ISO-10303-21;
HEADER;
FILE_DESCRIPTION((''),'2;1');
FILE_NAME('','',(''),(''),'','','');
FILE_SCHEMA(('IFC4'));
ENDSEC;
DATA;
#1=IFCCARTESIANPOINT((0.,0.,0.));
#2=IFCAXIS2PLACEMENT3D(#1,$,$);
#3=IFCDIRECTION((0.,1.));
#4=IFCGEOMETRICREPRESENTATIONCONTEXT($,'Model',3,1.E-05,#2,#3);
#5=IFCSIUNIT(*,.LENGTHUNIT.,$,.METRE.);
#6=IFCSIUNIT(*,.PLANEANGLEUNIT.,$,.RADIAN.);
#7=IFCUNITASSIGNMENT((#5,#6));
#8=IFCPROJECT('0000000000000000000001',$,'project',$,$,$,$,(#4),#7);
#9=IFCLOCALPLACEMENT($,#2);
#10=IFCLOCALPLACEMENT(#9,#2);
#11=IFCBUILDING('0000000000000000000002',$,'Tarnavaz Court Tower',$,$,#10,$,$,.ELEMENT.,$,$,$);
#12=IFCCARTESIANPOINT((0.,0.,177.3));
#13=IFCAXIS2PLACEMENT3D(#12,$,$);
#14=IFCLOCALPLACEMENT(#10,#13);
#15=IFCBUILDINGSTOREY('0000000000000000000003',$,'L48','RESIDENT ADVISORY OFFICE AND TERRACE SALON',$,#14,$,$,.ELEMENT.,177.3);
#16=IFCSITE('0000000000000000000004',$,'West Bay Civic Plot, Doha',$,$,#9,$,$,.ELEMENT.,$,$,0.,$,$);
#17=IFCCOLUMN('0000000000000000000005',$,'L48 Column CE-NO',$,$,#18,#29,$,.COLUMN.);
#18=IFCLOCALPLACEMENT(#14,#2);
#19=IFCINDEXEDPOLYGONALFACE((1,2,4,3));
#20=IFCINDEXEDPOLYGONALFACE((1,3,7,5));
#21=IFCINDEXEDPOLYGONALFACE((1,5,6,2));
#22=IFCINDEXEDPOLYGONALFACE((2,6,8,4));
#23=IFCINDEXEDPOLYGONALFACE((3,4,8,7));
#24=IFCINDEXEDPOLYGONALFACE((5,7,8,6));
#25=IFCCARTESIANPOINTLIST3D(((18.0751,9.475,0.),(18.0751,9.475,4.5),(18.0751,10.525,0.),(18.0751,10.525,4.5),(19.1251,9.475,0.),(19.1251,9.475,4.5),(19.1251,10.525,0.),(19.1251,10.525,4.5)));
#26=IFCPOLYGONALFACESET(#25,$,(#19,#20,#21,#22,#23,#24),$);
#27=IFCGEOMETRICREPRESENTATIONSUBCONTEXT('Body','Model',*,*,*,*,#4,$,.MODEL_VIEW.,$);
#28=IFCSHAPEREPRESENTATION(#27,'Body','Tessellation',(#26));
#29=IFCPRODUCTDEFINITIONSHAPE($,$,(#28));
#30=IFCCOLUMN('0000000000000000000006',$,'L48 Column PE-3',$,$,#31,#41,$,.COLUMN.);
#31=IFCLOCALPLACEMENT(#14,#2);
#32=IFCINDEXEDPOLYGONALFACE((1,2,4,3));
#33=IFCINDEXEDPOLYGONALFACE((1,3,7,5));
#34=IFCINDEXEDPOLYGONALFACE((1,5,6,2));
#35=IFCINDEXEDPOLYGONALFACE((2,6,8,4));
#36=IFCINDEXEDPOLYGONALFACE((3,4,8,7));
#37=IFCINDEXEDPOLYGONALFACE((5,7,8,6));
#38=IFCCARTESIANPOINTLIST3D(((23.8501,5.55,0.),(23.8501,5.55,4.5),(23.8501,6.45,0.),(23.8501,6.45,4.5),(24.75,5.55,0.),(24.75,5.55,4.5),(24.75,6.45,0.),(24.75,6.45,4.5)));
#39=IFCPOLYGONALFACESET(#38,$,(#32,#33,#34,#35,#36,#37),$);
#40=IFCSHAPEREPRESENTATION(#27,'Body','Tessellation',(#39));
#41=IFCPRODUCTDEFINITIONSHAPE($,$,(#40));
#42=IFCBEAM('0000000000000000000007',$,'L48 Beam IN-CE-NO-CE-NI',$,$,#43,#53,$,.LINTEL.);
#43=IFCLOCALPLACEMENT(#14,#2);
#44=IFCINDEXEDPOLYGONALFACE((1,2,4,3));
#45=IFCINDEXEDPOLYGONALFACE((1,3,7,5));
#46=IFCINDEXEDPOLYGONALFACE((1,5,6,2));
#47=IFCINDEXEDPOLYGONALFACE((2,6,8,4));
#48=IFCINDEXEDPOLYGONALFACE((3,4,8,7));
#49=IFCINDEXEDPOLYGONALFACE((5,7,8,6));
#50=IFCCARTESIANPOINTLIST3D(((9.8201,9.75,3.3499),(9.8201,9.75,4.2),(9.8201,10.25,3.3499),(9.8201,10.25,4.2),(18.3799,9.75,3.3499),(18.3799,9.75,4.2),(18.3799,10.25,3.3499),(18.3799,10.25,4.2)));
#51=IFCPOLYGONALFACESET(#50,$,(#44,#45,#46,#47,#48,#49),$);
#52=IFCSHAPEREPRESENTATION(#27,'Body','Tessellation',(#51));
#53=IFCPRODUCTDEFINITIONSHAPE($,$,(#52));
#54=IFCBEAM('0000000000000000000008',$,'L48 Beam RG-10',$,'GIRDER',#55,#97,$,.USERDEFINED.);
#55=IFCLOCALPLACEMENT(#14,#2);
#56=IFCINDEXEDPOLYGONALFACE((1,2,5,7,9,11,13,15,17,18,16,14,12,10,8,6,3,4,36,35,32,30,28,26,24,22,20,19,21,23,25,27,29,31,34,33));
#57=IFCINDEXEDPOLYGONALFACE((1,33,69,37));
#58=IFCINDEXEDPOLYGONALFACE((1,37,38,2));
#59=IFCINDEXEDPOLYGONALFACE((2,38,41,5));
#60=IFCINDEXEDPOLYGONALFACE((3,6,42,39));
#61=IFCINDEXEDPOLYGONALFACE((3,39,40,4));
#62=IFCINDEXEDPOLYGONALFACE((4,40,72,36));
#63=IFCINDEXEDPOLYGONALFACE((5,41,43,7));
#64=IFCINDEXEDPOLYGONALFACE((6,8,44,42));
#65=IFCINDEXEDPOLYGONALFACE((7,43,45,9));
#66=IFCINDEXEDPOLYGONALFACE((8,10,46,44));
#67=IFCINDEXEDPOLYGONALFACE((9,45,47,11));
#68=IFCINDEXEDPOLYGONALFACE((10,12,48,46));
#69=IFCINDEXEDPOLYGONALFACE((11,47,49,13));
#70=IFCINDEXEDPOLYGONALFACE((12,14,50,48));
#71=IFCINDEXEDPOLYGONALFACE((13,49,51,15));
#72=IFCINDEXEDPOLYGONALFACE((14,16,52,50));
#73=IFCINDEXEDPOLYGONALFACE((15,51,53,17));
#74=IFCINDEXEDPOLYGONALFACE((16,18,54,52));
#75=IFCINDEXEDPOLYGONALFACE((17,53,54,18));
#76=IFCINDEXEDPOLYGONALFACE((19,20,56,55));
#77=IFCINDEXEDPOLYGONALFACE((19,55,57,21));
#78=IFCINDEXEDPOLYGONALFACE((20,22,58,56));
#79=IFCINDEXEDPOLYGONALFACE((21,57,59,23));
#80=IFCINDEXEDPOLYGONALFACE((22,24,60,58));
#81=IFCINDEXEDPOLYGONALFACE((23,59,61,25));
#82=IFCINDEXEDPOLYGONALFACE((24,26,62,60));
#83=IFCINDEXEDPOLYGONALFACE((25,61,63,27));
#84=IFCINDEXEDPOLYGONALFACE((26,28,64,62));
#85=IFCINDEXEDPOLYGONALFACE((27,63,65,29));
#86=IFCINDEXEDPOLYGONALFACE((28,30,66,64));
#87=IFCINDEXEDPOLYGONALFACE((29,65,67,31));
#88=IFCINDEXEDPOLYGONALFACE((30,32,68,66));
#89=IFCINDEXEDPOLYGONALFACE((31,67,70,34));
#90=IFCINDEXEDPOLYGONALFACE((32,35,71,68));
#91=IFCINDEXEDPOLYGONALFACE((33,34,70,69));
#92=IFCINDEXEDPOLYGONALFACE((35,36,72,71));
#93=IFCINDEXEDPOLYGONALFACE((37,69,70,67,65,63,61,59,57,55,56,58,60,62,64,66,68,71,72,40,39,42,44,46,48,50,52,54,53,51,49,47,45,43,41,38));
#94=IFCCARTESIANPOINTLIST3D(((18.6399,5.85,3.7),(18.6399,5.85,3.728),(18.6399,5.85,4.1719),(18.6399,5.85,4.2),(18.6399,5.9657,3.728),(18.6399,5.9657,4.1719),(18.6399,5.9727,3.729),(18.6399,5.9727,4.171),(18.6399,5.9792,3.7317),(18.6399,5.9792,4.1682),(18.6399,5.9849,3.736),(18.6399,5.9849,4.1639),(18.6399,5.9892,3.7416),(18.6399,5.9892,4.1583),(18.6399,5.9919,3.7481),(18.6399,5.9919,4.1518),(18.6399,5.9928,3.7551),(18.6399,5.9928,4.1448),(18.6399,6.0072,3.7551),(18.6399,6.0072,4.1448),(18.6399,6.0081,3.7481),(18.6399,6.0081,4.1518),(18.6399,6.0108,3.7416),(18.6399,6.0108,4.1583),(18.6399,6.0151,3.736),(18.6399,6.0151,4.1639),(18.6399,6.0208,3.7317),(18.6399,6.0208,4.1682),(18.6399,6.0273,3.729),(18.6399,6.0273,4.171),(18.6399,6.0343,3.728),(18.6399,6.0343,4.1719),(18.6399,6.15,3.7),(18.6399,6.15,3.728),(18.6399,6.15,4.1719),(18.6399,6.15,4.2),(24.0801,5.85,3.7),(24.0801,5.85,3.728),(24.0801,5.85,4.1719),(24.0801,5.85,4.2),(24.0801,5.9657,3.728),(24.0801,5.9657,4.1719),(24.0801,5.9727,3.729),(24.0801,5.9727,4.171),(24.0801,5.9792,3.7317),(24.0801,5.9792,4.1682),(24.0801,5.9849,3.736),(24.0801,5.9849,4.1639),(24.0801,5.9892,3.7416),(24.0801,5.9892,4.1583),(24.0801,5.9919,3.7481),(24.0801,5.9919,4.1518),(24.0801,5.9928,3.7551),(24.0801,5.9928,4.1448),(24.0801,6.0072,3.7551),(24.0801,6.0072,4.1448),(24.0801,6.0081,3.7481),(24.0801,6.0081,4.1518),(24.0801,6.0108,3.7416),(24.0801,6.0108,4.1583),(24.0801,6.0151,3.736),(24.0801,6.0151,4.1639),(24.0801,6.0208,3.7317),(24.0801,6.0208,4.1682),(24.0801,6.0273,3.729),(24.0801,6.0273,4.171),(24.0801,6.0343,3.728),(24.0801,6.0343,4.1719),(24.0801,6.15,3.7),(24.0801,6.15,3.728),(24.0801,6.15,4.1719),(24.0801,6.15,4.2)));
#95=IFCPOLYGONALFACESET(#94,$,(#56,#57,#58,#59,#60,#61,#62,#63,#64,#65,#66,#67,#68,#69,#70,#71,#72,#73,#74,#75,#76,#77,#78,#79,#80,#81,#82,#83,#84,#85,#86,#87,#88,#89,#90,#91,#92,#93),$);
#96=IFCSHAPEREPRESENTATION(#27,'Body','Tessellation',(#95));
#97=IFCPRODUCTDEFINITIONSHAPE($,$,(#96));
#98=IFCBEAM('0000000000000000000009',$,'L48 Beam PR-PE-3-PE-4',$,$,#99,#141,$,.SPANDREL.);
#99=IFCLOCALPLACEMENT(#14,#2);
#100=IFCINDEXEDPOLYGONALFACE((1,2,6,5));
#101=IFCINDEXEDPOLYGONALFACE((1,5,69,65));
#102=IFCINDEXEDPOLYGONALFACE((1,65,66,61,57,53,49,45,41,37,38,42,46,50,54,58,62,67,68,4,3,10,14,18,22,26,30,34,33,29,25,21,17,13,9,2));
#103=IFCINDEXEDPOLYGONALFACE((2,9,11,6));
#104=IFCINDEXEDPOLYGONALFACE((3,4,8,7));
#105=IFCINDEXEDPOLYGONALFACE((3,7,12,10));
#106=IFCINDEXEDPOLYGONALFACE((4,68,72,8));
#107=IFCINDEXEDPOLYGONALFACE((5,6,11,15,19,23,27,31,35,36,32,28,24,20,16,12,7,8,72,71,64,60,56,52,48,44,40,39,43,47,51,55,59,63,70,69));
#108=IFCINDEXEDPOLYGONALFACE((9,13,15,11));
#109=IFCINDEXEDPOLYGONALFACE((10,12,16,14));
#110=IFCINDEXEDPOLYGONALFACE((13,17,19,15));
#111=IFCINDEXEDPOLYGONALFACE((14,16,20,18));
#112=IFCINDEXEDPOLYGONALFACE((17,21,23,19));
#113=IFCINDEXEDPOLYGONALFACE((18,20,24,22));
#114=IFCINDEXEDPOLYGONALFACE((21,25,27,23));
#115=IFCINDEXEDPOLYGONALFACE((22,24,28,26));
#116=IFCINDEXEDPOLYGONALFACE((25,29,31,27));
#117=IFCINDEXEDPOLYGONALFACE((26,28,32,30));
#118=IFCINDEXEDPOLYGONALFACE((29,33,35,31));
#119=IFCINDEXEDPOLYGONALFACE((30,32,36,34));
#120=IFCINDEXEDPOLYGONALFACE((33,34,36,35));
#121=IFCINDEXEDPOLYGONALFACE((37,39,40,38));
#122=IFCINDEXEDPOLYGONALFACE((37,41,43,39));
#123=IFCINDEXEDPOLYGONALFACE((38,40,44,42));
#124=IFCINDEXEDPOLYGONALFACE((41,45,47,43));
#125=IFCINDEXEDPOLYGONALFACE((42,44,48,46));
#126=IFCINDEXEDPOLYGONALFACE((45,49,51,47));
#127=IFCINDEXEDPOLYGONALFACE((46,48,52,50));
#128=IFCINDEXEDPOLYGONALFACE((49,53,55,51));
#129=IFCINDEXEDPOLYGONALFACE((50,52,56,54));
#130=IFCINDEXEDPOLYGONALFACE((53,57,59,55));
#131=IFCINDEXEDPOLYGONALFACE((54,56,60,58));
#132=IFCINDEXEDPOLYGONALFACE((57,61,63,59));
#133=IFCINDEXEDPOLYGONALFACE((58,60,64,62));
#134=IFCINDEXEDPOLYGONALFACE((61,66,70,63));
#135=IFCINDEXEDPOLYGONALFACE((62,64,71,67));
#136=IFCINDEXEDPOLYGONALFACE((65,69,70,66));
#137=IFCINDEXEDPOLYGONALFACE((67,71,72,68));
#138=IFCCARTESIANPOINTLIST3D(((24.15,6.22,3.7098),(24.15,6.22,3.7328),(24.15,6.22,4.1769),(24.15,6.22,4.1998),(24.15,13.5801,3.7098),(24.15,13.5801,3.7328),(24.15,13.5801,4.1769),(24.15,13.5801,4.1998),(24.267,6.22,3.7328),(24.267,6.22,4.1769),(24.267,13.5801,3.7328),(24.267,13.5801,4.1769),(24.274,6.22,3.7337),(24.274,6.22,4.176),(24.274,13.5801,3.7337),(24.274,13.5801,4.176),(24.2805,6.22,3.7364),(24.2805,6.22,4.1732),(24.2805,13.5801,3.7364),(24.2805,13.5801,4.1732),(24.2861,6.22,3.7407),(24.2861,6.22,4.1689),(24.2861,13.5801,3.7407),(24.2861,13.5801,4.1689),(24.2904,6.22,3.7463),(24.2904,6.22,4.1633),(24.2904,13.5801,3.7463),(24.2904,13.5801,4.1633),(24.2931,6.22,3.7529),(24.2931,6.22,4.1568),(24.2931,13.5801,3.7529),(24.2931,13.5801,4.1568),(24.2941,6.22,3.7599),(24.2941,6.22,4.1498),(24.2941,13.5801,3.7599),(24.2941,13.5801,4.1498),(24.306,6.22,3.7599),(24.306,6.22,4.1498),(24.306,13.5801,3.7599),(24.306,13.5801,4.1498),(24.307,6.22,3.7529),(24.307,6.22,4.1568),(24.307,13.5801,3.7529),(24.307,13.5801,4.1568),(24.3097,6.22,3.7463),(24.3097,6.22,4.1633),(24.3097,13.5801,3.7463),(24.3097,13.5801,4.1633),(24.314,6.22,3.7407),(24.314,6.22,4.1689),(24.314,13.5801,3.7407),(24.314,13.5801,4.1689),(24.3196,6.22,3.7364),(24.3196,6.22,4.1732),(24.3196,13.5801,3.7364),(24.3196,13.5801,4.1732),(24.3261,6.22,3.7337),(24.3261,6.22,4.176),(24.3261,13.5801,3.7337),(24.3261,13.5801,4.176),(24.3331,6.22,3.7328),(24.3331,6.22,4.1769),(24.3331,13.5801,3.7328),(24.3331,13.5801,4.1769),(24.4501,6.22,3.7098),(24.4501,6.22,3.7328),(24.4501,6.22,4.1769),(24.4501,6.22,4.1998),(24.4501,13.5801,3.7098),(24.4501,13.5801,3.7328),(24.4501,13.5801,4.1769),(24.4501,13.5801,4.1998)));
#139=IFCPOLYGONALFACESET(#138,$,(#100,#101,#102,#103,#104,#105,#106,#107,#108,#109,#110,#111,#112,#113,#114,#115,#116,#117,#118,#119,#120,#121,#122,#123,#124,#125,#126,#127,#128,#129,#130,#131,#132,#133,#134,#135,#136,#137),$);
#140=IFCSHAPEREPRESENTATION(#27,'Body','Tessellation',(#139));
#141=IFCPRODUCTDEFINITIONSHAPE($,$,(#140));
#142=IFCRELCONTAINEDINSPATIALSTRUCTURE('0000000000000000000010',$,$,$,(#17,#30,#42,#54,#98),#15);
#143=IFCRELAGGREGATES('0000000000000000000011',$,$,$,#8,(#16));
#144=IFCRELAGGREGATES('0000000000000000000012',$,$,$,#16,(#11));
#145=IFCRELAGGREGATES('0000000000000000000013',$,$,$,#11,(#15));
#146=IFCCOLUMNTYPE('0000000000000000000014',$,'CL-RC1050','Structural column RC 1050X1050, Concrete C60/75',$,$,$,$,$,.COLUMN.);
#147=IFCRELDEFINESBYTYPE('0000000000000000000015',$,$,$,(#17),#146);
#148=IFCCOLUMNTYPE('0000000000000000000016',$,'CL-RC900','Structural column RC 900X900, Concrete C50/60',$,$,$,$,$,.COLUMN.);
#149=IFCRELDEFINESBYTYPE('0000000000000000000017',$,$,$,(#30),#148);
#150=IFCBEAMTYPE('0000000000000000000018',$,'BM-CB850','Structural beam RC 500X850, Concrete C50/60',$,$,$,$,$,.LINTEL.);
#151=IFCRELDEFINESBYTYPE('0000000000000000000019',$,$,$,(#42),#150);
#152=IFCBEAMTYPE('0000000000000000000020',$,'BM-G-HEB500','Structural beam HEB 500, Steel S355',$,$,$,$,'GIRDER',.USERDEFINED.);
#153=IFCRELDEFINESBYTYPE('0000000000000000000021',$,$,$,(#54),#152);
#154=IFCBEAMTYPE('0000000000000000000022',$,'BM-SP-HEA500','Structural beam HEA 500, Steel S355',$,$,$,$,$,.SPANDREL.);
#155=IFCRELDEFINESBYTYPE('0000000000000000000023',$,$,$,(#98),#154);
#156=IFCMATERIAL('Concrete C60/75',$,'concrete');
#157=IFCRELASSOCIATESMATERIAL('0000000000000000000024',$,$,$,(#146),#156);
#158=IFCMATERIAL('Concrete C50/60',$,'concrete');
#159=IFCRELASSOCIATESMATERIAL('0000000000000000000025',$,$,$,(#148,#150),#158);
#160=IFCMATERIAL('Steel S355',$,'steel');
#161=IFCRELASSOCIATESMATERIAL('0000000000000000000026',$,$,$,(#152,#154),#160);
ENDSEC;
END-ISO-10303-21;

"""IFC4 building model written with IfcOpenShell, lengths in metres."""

from ifc_helpers import new_model, si_unit, direction, frame, origin, origin_2d, place, context, subcontext, project, spatial, rectangle, i_section, extrude, material, material_profile, profile_set, type_object, element, save


model = new_model("IFC4")

# Units and contexts
model_context = context("Model", 3, precision=1e-05, world=origin(), true_north=direction((0.0, 1.0)))
body_context = subcontext(model_context, "Body", "Model", "MODEL_VIEW")
ifc_project = project(units=[si_unit("LENGTHUNIT", "METRE"), si_unit("PLANEANGLEUNIT", "RADIAN")], contexts=[model_context])

# Site, building, storey
site_placement = place(None, origin())
site = spatial("IfcSite", under=ifc_project, at=site_placement, Name="West Bay Civic Plot, Doha", CompositionType="ELEMENT", RefElevation=0.0)
building_placement = place(site_placement, origin())
building = spatial("IfcBuilding", under=site, at=building_placement, Name="Tarnavaz Court Tower", CompositionType="ELEMENT")
storey_placement = place(building_placement, frame((0.0, 0.0, 177.3)))
storey = spatial("IfcBuildingStorey", under=building, at=storey_placement, Name="L48", Description="RESIDENT ADVISORY OFFICE AND TERRACE SALON", CompositionType="ELEMENT", Elevation=177.3)

# Columns
ifc_material_1 = material(Name="Concrete C60/75", Category="concrete")
ifc_material_profile_1 = material_profile(ifc_material_1, rectangle(XDim=1.05, YDim=1.05, at=origin_2d()), Name="RC 1050X1050")
ifc_profile_set_1 = profile_set([ifc_material_profile_1], Name="Concrete C60/75")
column_type_1 = type_object("IfcColumnType", Name="CL-RC1050", Description="Structural column RC 1050X1050, Concrete C60/75", PredefinedType="COLUMN", material=ifc_profile_set_1)
column_1_placement = place(storey_placement, frame((18.6001, 10.0, 0.0), z_axis=(0.0, 0.0, 1.0), x_axis=(1.0, 0.0, 0.0)))
element("IfcColumn", 1, at=column_1_placement, inside=storey, type_object=column_type_1, Name="L48 Column CE-NO", PredefinedType="COLUMN", context=body_context, shape_type="SweptSolid", body=[
    extrude(rectangle(XDim=1.05, YDim=1.05, at=origin_2d()), origin(), (0.0, 0.0, 1.0), 4.5),
])
ifc_material_2 = material(Name="Concrete C50/60", Category="concrete")
ifc_material_profile_2 = material_profile(ifc_material_2, rectangle(XDim=0.8999, YDim=0.8999, at=origin_2d()), Name="RC 900X900")
ifc_profile_set_2 = profile_set([ifc_material_profile_2], Name="Concrete C50/60")
column_type_2 = type_object("IfcColumnType", Name="CL-RC900", Description="Structural column RC 900X900, Concrete C50/60", PredefinedType="COLUMN", material=ifc_profile_set_2)
column_2_placement = place(storey_placement, frame((24.3, 6.0, 0.0), z_axis=(0.0, 0.0, 1.0), x_axis=(1.0, 0.0, 0.0)))
element("IfcColumn", 2, at=column_2_placement, inside=storey, type_object=column_type_2, Name="L48 Column PE-3", PredefinedType="COLUMN", context=body_context, shape_type="SweptSolid", body=[
    extrude(rectangle(XDim=0.8999, YDim=0.8999, at=origin_2d()), origin(), (0.0, 0.0, 1.0), 4.5),
])

# Beams
ifc_material_profile_3 = material_profile(ifc_material_2, rectangle(XDim=0.5, YDim=0.8501, at=origin_2d()), Name="RC 500X850")
ifc_profile_set_3 = profile_set([ifc_material_profile_3], Name="Concrete C50/60")
beam_type_1 = type_object("IfcBeamType", Name="BM-CB850", Description="Structural beam RC 500X850, Concrete C50/60", PredefinedType="LINTEL", material=ifc_profile_set_3)
beam_1_placement = place(storey_placement, frame((18.3799, 10.0, 3.7749), z_axis=(-1.0, 0.0, 0.0), x_axis=(0.0, -1.0, 0.0)))
element("IfcBeam", 3, at=beam_1_placement, inside=storey, type_object=beam_type_1, Name="L48 Beam IN-CE-NO-CE-NI", PredefinedType="LINTEL", context=body_context, shape_type="SweptSolid", body=[
    extrude(rectangle(XDim=0.5, YDim=0.8501, at=origin_2d()), origin(), (0.0, 0.0, 1.0), 8.5598),
])
ifc_material_3 = material(Name="Steel S355", Category="steel")
ifc_material_profile_4 = material_profile(ifc_material_3, i_section(OverallWidth=0.3, OverallDepth=0.5, WebThickness=0.0144, FlangeThickness=0.0281, FilletRadius=0.0271, at=origin_2d()), Name="HEB 500")
ifc_profile_set_4 = profile_set([ifc_material_profile_4], Name="Steel S355")
beam_type_2 = type_object("IfcBeamType", Name="BM-G-HEB500", Description="Structural beam HEB 500, Steel S355", ElementType="GIRDER", PredefinedType="USERDEFINED", material=ifc_profile_set_4)
beam_2_placement = place(storey_placement, frame((18.6399, 6.0, 3.95), z_axis=(1.0, 0.0, 0.0), x_axis=(0.0, 1.0, 0.0)))
element("IfcBeam", 4, at=beam_2_placement, inside=storey, type_object=beam_type_2, Name="L48 Beam RG-10", ObjectType="GIRDER", PredefinedType="USERDEFINED", context=body_context, shape_type="SweptSolid", body=[
    extrude(i_section(OverallWidth=0.3, OverallDepth=0.5, WebThickness=0.0144, FlangeThickness=0.0281, FilletRadius=0.0271, at=origin_2d()), origin(), (0.0, 0.0, 1.0), 5.4402),
])
ifc_material_profile_5 = material_profile(ifc_material_3, i_section(OverallWidth=0.3, OverallDepth=0.49, WebThickness=0.012, FlangeThickness=0.0229, FilletRadius=0.0271, at=origin_2d()), Name="HEA 500")
ifc_profile_set_5 = profile_set([ifc_material_profile_5], Name="Steel S355")
beam_type_3 = type_object("IfcBeamType", Name="BM-SP-HEA500", Description="Structural beam HEA 500, Steel S355", PredefinedType="SPANDREL", material=ifc_profile_set_5)
beam_3_placement = place(storey_placement, frame((24.3, 6.22, 3.9548), z_axis=(0.0, 1.0, 0.0), x_axis=(-1.0, 0.0, 0.0)))
element("IfcBeam", 5, at=beam_3_placement, inside=storey, type_object=beam_type_3, Name="L48 Beam PR-PE-3-PE-4", PredefinedType="SPANDREL", context=body_context, shape_type="SweptSolid", body=[
    extrude(i_section(OverallWidth=0.3, OverallDepth=0.49, WebThickness=0.012, FlangeThickness=0.0229, FilletRadius=0.0271, at=origin_2d()), origin(), (0.0, 0.0, 1.0), 7.3601),
])

save(model, "model.ifc")
